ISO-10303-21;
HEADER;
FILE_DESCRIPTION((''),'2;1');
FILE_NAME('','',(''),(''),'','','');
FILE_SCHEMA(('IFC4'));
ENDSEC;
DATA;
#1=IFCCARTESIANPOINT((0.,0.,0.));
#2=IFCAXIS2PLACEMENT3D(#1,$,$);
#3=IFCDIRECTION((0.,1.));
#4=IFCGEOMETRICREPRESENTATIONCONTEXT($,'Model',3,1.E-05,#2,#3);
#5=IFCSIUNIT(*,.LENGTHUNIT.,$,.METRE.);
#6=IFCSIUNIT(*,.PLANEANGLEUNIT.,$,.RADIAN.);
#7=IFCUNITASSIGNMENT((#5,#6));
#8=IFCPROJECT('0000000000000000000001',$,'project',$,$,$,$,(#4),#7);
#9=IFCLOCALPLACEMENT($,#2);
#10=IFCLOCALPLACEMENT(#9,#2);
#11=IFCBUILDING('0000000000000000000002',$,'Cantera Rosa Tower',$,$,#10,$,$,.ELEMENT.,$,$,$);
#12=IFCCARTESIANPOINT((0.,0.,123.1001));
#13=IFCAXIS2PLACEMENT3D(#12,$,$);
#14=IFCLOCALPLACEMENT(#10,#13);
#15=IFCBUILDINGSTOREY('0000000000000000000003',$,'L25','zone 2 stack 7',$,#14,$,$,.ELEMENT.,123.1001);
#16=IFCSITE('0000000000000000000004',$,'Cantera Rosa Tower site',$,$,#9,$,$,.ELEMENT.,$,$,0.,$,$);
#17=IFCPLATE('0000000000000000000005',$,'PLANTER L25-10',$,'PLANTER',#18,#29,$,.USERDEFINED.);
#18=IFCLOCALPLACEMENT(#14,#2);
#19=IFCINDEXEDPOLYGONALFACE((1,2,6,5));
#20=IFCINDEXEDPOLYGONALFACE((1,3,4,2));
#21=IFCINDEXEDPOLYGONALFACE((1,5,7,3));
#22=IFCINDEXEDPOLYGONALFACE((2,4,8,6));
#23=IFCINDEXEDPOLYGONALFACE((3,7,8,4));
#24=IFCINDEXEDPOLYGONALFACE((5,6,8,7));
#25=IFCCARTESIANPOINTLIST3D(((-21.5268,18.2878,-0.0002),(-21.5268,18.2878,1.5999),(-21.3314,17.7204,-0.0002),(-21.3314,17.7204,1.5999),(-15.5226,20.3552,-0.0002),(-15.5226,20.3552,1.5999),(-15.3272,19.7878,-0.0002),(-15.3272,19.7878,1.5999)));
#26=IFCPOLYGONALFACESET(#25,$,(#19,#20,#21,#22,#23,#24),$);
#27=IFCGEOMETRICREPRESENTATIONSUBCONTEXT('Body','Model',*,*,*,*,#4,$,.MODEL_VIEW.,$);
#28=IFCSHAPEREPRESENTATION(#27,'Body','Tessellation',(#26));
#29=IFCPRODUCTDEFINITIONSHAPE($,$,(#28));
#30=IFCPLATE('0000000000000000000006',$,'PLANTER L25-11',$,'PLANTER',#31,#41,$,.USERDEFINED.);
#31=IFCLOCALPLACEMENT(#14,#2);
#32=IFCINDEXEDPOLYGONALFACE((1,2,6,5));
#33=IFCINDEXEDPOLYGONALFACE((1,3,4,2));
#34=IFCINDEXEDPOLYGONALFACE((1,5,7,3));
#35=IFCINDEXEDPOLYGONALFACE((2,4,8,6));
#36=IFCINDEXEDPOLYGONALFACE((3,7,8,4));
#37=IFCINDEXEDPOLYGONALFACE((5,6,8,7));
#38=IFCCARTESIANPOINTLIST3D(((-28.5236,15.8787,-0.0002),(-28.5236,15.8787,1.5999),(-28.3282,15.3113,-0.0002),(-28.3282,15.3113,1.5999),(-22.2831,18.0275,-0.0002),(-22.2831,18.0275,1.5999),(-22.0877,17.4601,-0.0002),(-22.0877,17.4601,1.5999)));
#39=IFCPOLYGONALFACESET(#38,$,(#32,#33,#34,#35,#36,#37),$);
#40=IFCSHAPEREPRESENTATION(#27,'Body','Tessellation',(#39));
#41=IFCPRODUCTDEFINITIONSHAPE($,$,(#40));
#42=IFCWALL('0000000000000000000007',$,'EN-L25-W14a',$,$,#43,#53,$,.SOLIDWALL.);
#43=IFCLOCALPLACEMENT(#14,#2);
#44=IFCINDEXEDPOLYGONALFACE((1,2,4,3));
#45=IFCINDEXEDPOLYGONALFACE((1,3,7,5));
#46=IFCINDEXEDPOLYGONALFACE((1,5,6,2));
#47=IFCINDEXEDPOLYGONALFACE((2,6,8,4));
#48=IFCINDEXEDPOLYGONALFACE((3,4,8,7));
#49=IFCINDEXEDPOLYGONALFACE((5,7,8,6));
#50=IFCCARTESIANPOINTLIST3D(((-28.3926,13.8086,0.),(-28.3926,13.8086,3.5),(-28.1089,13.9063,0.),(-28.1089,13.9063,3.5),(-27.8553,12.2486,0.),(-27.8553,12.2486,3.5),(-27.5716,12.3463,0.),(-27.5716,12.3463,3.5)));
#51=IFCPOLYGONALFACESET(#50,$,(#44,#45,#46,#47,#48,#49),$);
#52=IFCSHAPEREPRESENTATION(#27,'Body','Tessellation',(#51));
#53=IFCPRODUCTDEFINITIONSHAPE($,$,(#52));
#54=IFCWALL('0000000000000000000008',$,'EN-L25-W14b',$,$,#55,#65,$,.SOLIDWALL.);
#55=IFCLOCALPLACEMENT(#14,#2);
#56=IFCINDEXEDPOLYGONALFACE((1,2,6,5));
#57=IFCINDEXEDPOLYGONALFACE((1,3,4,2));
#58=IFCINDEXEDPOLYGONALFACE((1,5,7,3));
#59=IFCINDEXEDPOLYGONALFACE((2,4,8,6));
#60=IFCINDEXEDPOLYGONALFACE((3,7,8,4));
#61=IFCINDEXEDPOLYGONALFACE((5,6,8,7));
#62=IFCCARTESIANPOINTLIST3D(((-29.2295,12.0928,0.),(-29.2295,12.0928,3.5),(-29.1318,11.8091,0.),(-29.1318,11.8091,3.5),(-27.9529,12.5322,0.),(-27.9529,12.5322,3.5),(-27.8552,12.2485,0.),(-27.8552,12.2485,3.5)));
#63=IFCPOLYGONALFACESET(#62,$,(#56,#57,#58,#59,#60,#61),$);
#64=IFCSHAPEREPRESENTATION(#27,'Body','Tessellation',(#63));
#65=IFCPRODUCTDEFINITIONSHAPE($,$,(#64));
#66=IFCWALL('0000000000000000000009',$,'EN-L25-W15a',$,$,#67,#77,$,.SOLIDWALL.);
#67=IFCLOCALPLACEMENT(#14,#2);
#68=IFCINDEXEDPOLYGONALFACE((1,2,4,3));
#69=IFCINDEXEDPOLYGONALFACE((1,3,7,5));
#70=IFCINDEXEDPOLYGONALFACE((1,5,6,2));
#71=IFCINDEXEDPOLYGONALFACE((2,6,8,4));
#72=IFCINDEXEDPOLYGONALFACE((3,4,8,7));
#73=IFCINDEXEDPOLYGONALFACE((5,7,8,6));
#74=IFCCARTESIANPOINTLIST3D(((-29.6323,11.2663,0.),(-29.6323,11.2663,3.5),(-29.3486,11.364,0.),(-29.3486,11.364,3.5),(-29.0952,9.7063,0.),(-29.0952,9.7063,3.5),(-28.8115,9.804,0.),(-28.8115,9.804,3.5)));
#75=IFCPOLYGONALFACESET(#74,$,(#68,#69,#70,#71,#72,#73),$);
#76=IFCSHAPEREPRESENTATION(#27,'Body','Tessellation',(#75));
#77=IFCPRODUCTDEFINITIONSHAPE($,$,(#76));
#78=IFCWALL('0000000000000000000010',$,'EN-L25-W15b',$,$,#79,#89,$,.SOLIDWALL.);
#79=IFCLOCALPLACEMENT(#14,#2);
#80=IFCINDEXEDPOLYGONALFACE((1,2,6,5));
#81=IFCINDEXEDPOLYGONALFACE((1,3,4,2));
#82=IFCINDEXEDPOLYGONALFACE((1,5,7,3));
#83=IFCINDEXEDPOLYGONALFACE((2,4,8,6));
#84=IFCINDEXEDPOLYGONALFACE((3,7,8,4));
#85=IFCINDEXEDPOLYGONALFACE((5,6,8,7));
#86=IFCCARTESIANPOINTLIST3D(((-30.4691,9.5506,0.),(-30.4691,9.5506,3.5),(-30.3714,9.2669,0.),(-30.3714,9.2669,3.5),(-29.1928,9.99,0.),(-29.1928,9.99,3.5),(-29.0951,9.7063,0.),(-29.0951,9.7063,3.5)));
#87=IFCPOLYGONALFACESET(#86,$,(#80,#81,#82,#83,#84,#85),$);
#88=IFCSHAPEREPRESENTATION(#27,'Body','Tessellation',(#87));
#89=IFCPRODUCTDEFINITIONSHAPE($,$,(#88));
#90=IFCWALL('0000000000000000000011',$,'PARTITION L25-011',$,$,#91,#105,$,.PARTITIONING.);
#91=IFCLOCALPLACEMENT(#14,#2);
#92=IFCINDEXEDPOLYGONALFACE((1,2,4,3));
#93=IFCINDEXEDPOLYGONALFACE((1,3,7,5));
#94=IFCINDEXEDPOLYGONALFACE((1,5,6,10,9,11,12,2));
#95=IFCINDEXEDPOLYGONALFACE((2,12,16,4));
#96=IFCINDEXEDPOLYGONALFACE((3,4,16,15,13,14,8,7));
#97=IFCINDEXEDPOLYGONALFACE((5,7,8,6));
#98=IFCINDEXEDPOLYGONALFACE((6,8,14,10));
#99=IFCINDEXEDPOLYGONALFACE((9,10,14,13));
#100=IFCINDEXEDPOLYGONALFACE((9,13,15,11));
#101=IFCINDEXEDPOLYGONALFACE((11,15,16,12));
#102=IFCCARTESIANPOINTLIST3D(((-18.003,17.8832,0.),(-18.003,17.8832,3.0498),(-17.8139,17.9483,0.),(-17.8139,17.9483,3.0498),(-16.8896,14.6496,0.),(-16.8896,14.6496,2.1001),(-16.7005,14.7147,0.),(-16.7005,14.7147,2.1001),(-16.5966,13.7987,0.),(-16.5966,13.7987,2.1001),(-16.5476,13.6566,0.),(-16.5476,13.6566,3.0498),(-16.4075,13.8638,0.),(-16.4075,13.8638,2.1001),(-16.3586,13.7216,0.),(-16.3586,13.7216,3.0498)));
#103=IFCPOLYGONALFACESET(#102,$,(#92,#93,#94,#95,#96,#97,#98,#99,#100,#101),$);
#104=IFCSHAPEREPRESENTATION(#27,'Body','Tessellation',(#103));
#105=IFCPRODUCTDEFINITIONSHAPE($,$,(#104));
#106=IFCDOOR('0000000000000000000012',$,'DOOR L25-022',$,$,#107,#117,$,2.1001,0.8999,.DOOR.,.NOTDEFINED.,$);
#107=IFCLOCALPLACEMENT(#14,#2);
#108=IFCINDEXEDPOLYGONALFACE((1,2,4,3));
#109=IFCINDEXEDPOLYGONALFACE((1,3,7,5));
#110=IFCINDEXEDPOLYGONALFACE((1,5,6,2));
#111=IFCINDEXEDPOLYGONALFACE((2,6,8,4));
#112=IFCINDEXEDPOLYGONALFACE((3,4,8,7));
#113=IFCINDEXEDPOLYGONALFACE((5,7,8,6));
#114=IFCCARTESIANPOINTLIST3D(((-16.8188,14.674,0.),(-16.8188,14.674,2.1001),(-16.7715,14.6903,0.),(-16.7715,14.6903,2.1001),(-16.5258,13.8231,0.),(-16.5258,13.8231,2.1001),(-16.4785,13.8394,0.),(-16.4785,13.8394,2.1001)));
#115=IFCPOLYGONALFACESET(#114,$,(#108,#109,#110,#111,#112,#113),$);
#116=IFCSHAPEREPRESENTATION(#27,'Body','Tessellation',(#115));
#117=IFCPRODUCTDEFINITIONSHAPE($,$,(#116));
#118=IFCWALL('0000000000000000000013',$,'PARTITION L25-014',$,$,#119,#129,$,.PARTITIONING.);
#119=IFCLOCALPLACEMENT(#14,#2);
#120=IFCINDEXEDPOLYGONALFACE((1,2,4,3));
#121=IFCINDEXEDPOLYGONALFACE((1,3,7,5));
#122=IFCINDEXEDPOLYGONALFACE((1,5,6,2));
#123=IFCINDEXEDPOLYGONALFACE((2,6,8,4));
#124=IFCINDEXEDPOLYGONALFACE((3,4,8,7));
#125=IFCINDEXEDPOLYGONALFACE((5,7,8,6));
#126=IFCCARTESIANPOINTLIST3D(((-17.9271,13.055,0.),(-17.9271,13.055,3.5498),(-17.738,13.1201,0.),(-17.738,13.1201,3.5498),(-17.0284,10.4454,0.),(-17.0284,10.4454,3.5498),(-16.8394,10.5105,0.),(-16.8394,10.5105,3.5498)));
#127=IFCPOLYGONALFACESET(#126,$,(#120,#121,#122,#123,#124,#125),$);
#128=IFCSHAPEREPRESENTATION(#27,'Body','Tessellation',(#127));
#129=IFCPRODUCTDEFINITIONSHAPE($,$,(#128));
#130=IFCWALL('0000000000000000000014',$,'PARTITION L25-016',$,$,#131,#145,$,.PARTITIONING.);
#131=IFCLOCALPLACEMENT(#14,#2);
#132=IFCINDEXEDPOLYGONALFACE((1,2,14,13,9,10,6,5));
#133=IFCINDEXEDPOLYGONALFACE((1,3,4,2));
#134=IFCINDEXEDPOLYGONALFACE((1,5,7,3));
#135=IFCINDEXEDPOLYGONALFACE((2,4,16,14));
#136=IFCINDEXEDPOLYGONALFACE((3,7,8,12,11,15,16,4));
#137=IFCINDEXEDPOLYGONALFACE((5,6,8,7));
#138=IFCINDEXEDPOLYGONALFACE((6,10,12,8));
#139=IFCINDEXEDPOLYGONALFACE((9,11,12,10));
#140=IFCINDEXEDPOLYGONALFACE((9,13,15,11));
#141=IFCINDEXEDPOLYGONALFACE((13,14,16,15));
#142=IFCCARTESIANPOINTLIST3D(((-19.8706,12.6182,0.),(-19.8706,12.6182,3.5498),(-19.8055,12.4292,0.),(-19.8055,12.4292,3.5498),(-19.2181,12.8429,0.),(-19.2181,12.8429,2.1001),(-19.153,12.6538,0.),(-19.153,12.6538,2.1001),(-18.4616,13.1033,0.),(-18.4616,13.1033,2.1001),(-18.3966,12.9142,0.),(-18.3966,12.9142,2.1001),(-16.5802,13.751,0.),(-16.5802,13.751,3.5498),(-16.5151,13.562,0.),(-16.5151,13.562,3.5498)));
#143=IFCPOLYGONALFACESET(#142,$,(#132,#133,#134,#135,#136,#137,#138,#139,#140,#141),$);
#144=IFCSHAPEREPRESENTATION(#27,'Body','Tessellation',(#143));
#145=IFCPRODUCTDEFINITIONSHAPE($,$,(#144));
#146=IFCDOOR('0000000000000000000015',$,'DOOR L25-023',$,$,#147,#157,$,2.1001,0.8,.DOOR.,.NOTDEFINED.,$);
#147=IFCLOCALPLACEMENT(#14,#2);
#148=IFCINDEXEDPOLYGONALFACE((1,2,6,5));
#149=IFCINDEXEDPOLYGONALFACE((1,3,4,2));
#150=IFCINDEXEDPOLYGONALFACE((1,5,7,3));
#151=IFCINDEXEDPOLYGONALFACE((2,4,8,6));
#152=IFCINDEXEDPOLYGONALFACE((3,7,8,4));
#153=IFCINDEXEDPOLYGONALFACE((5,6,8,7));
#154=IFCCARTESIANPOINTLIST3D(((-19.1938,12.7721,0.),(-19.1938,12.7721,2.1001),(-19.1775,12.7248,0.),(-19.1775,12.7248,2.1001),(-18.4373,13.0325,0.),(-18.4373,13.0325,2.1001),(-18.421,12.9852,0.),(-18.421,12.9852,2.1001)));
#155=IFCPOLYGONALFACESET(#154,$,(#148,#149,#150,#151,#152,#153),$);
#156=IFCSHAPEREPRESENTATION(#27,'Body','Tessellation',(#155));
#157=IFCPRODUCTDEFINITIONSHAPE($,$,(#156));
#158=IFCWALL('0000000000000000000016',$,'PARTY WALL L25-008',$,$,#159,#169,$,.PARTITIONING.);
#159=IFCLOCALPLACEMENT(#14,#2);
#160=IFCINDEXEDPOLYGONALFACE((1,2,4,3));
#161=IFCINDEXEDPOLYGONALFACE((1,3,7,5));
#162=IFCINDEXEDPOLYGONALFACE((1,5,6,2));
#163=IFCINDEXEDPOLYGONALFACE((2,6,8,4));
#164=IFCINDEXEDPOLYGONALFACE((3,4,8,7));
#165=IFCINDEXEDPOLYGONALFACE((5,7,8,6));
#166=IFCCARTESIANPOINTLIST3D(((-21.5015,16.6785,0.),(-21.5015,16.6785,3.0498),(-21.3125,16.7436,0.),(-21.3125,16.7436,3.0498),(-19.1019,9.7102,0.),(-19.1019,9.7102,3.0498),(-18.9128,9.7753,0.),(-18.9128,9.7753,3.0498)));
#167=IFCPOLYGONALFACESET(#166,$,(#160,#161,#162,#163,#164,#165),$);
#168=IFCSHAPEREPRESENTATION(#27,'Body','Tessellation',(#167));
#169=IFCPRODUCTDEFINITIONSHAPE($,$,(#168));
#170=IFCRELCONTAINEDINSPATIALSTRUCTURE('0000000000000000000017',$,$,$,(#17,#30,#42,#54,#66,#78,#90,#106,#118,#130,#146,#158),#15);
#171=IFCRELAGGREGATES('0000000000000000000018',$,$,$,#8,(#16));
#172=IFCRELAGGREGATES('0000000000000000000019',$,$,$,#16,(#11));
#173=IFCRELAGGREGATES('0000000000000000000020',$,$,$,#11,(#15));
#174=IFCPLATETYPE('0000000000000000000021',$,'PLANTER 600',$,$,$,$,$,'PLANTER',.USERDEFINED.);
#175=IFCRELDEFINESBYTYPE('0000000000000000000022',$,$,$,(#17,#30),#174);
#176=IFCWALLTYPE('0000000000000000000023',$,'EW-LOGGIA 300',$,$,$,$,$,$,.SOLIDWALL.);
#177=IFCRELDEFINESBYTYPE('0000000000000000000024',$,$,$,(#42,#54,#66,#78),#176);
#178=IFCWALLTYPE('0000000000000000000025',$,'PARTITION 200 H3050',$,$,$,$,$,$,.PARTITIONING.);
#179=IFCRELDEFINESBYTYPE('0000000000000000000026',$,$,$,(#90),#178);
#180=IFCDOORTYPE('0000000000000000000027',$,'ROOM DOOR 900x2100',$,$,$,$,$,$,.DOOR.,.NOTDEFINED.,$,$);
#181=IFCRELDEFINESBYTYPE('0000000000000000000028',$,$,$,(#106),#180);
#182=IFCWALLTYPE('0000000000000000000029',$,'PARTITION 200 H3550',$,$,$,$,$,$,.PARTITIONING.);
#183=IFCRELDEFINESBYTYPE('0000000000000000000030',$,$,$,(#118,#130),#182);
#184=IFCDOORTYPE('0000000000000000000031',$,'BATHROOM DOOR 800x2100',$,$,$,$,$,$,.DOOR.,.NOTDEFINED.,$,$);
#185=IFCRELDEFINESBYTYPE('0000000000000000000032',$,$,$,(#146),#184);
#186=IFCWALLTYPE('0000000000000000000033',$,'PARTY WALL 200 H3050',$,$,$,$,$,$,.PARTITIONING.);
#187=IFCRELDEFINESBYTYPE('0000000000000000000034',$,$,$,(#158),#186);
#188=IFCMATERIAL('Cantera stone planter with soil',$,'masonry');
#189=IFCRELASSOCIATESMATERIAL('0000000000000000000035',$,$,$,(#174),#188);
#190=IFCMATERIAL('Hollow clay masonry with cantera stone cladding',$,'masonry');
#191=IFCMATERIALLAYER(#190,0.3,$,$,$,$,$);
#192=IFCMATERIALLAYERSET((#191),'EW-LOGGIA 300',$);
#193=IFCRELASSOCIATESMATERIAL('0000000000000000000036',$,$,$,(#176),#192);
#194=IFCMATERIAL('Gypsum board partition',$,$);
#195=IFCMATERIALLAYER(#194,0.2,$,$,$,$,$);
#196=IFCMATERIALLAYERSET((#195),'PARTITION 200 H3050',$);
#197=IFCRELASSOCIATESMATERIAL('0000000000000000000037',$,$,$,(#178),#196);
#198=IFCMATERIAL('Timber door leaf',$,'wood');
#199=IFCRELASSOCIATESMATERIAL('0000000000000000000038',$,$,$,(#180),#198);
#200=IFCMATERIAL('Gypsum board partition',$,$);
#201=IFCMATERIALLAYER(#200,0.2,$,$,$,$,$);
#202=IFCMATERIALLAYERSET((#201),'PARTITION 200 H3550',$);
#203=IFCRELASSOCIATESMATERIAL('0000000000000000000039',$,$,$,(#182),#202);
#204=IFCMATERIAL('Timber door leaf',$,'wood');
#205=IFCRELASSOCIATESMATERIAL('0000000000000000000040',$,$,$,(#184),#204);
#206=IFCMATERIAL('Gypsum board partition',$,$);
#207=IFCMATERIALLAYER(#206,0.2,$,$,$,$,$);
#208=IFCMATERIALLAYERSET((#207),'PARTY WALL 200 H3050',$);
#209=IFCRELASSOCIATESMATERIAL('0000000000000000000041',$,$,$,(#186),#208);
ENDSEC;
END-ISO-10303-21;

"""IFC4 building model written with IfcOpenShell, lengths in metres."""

from ifc_helpers import new_model, si_unit, direction, frame, frame_2d, origin, origin_2d, place, context, subcontext, project, spatial, rectangle, extrude, material, layer, layer_set, type_object, element, fill, save


model = new_model("IFC4")

# Units and contexts
model_context = context("Model", 3, precision=1e-05, world=origin(), true_north=direction((0.0, 1.0)))
body_context = subcontext(model_context, "Body", "Model", "MODEL_VIEW")
ifc_project = project(units=[si_unit("LENGTHUNIT", "METRE"), si_unit("PLANEANGLEUNIT", "RADIAN")], contexts=[model_context])

# Site, building, storey
site_placement = place(None, origin())
site = spatial("IfcSite", under=ifc_project, at=site_placement, Name="Cantera Rosa Tower site", CompositionType="ELEMENT", RefElevation=0.0)
building_placement = place(site_placement, origin())
building = spatial("IfcBuilding", under=site, at=building_placement, Name="Cantera Rosa Tower", CompositionType="ELEMENT")
storey_placement = place(building_placement, frame((0.0, 0.0, 123.1001)))
storey = spatial("IfcBuildingStorey", under=building, at=storey_placement, Name="L25", Description="zone 2 stack 7", CompositionType="ELEMENT", Elevation=123.1001)

# Plates
ifc_material_1 = material(Name="Cantera stone planter with soil", Category="masonry")
plate_type = type_object("IfcPlateType", Name="PLANTER 600", ElementType="PLANTER", PredefinedType="USERDEFINED", material=ifc_material_1)
plate_1_placement = place(storey_placement, frame((-18.427, 19.0378, -0.0002), z_axis=(0.0, 0.0, 1.0), x_axis=(-0.945519, -0.325568, 0.0)))
element("IfcPlate", 1, at=plate_1_placement, inside=storey, type_object=plate_type, Name="PLANTER L25-10", ObjectType="PLANTER", PredefinedType="USERDEFINED", context=body_context, shape_type="SweptSolid", body=[
    extrude(rectangle(XDim=6.3501, YDim=0.6001, at=origin_2d()), origin(), (0.0, 0.0, 1.0), 1.6001),
])
plate_2_placement = place(storey_placement, frame((-25.3057, 16.6694, -0.0002), z_axis=(0.0, 0.0, 1.0), x_axis=(-0.945519, -0.325568, 0.0)))
element("IfcPlate", 2, at=plate_2_placement, inside=storey, type_object=plate_type, Name="PLANTER L25-11", ObjectType="PLANTER", PredefinedType="USERDEFINED", context=body_context, shape_type="SweptSolid", body=[
    extrude(rectangle(XDim=6.6001, YDim=0.6001, at=origin_2d()), origin(), (0.0, 0.0, 1.0), 1.6001),
])

# Walls
ifc_material_2 = material(Name="Hollow clay masonry with cantera stone cladding", Category="masonry")
ifc_layer_1 = layer(ifc_material_2, 0.3)
ifc_layer_set_1 = layer_set([ifc_layer_1], Name="EW-LOGGIA 300")
wall_type_1 = type_object("IfcWallType", Name="EW-LOGGIA 300", PredefinedType="SOLIDWALL", material=ifc_layer_set_1)
wall_1_placement = place(storey_placement, frame((-28.2507, 13.8574, 0.0), z_axis=(0.0, 0.0, 1.0), x_axis=(0.325667, -0.945485, 0.0)))
element("IfcWall", 3, at=wall_1_placement, inside=storey, type_object=wall_type_1, Name="EN-L25-W14a", PredefinedType="SOLIDWALL", context=body_context, shape_type="SweptSolid", body=[
    extrude(rectangle(XDim=1.6499, YDim=0.3, at=frame_2d((0.825, 0.0))), origin(), (0.0, 0.0, 1.0), 3.5),
])
wall_2_placement = place(storey_placement, frame((-27.9041, 12.3904, 0.0), z_axis=(0.0, 0.0, 1.0), x_axis=(-0.945546, -0.325489, 0.0)))
element("IfcWall", 4, at=wall_2_placement, inside=storey, type_object=wall_type_1, Name="EN-L25-W14b", PredefinedType="SOLIDWALL", context=body_context, shape_type="SweptSolid", body=[
    extrude(rectangle(XDim=1.3501, YDim=0.3, at=frame_2d((0.675, 0.0))), origin(), (0.0, 0.0, 1.0), 3.5),
])
wall_3_placement = place(storey_placement, frame((-29.4905, 11.3152, 0.0), z_axis=(0.0, 0.0, 1.0), x_axis=(0.325535, -0.94553, 0.0)))
element("IfcWall", 5, at=wall_3_placement, inside=storey, type_object=wall_type_1, Name="EN-L25-W15a", PredefinedType="SOLIDWALL", context=body_context, shape_type="SweptSolid", body=[
    extrude(rectangle(XDim=1.6499, YDim=0.3, at=frame_2d((0.825, 0.0))), origin(), (0.0, 0.0, 1.0), 3.5),
])
wall_4_placement = place(storey_placement, frame((-29.144, 9.8481, 0.0), z_axis=(0.0, 0.0, 1.0), x_axis=(-0.945527, -0.325545, 0.0)))
element("IfcWall", 6, at=wall_4_placement, inside=storey, type_object=wall_type_1, Name="EN-L25-W15b", PredefinedType="SOLIDWALL", context=body_context, shape_type="SweptSolid", body=[
    extrude(rectangle(XDim=1.3499, YDim=0.3, at=frame_2d((0.6748, 0.0))), origin(), (0.0, 0.0, 1.0), 3.5),
])

# Wall, opening, door
ifc_material_3 = material(Name="Gypsum board partition")
ifc_layer_2 = layer(ifc_material_3, 0.2)
ifc_layer_set_2 = layer_set([ifc_layer_2], Name="PARTITION 200 H3050")
wall_type_2 = type_object("IfcWallType", Name="PARTITION 200 H3050", PredefinedType="PARTITIONING", material=ifc_layer_set_2)
wall_5_placement = place(storey_placement, frame((-17.9084, 17.9158, 0.0), z_axis=(0.0, 0.0, 1.0), x_axis=(0.325568, -0.945519, 0.0)))
wall_5 = element("IfcWall", 7, at=wall_5_placement, inside=storey, type_object=wall_type_2, Name="PARTITION L25-011", PredefinedType="PARTITIONING", context=body_context, shape_type="SweptSolid", body=[
    extrude(rectangle(XDim=4.4702, YDim=0.2, at=frame_2d((2.2351, 0.0))), origin(), (0.0, 0.0, 1.0), 3.0498),
])
opening_1_placement = place(wall_5_placement, frame((3.4199, 0.0, 0.0)))
opening_1 = element("IfcOpeningElement", 8, at=opening_1_placement, cuts=wall_5, PredefinedType="OPENING", context=body_context, shape_type="SweptSolid", body=[
    extrude(rectangle(XDim=0.8999, YDim=2.1001, at=frame_2d((0.45, 1.05))), frame((0.0, 0.1099, 0.0), z_axis=(0.0, -1.0, 0.0), x_axis=(1.0, 0.0, 0.0)), (0.0, 0.0, 1.0), 0.22),
])
ifc_material_4 = material(Name="Timber door leaf", Category="wood")
door_type_1 = type_object("IfcDoorType", Name="ROOM DOOR 900x2100", OperationType="NOTDEFINED", PredefinedType="DOOR", material=ifc_material_4)
door_1_placement = place(opening_1_placement, origin())
door_1 = element("IfcDoor", 9, at=door_1_placement, inside=storey, type_object=door_type_1, Name="DOOR L25-022", OperationType="NOTDEFINED", OverallHeight=2.1001, OverallWidth=0.8999, PredefinedType="DOOR", context=body_context, shape_type="SweptSolid", body=[
    extrude(rectangle(XDim=0.8999, YDim=2.1001, at=frame_2d((0.45, 1.05))), frame((0.0, 0.0249, 0.0), z_axis=(0.0, -1.0, 0.0), x_axis=(1.0, 0.0, 0.0)), (0.0, 0.0, 1.0), 0.05),
])
fill(opening_1, door_1)

# Wall
ifc_material_5 = material(Name="Gypsum board partition")
ifc_layer_3 = layer(ifc_material_5, 0.2)
ifc_layer_set_3 = layer_set([ifc_layer_3], Name="PARTITION 200 H3550")
wall_type_3 = type_object("IfcWallType", Name="PARTITION 200 H3550", PredefinedType="PARTITIONING", material=ifc_layer_set_3)
wall_6_placement = place(storey_placement, frame((-17.8325, 13.0874, 0.0), z_axis=(0.0, 0.0, 1.0), x_axis=(0.325606, -0.945505, 0.0)))
element("IfcWall", 10, at=wall_6_placement, inside=storey, type_object=wall_type_3, Name="PARTITION L25-014", PredefinedType="PARTITIONING", context=body_context, shape_type="SweptSolid", body=[
    extrude(rectangle(XDim=2.76, YDim=0.2, at=frame_2d((1.3799, 0.0))), origin(), (0.0, 0.0, 1.0), 3.5498),
])

# Wall, opening, door
wall_7_placement = place(storey_placement, frame((-16.5476, 13.6565, 0.0), z_axis=(0.0, 0.0, 1.0), x_axis=(-0.945537, -0.325515, 0.0)))
wall_7 = element("IfcWall", 11, at=wall_7_placement, inside=storey, type_object=wall_type_3, Name="PARTITION L25-016", PredefinedType="PARTITIONING", context=body_context, shape_type="SweptSolid", body=[
    extrude(rectangle(XDim=3.48, YDim=0.2, at=frame_2d((1.74, 0.0))), origin(), (0.0, 0.0, 1.0), 3.5498),
])
opening_2_placement = place(wall_7_placement, frame((1.99, 0.0, 0.0)))
opening_2 = element("IfcOpeningElement", 12, at=opening_2_placement, cuts=wall_7, PredefinedType="OPENING", context=body_context, shape_type="SweptSolid", body=[
    extrude(rectangle(XDim=0.8, YDim=2.1001, at=frame_2d((0.3999, 1.05))), frame((0.0, 0.1099, 0.0), z_axis=(0.0, -1.0, 0.0), x_axis=(1.0, 0.0, 0.0)), (0.0, 0.0, 1.0), 0.22),
])
ifc_material_6 = material(Name="Timber door leaf", Category="wood")
door_type_2 = type_object("IfcDoorType", Name="BATHROOM DOOR 800x2100", OperationType="NOTDEFINED", PredefinedType="DOOR", material=ifc_material_6)
door_2_placement = place(opening_2_placement, origin())
door_2 = element("IfcDoor", 13, at=door_2_placement, inside=storey, type_object=door_type_2, Name="DOOR L25-023", OperationType="NOTDEFINED", OverallHeight=2.1001, OverallWidth=0.8, PredefinedType="DOOR", context=body_context, shape_type="SweptSolid", body=[
    extrude(rectangle(XDim=0.8, YDim=2.1001, at=frame_2d((0.3999, 1.05))), frame((0.0, 0.0249, 0.0), z_axis=(0.0, -1.0, 0.0), x_axis=(1.0, 0.0, 0.0)), (0.0, 0.0, 1.0), 0.05),
])
fill(opening_2, door_2)

# Wall
ifc_material_7 = material(Name="Gypsum board partition")
ifc_layer_4 = layer(ifc_material_7, 0.2)
ifc_layer_set_4 = layer_set([ifc_layer_4], Name="PARTY WALL 200 H3050")
wall_type_4 = type_object("IfcWallType", Name="PARTY WALL 200 H3050", PredefinedType="PARTITIONING", material=ifc_layer_set_4)
wall_8_placement = place(storey_placement, frame((-19.0073, 9.7427, 0.0), z_axis=(0.0, 0.0, 1.0), x_axis=(-0.325604, 0.945506, 0.0)))
element("IfcWall", 14, at=wall_8_placement, inside=storey, type_object=wall_type_4, Name="PARTY WALL L25-008", PredefinedType="PARTITIONING", context=body_context, shape_type="SweptSolid", body=[
    extrude(rectangle(XDim=7.3699, YDim=0.2, at=frame_2d((3.6851, 0.0))), origin(), (0.0, 0.0, 1.0), 3.0498),
])

save(model, "model.ifc")
